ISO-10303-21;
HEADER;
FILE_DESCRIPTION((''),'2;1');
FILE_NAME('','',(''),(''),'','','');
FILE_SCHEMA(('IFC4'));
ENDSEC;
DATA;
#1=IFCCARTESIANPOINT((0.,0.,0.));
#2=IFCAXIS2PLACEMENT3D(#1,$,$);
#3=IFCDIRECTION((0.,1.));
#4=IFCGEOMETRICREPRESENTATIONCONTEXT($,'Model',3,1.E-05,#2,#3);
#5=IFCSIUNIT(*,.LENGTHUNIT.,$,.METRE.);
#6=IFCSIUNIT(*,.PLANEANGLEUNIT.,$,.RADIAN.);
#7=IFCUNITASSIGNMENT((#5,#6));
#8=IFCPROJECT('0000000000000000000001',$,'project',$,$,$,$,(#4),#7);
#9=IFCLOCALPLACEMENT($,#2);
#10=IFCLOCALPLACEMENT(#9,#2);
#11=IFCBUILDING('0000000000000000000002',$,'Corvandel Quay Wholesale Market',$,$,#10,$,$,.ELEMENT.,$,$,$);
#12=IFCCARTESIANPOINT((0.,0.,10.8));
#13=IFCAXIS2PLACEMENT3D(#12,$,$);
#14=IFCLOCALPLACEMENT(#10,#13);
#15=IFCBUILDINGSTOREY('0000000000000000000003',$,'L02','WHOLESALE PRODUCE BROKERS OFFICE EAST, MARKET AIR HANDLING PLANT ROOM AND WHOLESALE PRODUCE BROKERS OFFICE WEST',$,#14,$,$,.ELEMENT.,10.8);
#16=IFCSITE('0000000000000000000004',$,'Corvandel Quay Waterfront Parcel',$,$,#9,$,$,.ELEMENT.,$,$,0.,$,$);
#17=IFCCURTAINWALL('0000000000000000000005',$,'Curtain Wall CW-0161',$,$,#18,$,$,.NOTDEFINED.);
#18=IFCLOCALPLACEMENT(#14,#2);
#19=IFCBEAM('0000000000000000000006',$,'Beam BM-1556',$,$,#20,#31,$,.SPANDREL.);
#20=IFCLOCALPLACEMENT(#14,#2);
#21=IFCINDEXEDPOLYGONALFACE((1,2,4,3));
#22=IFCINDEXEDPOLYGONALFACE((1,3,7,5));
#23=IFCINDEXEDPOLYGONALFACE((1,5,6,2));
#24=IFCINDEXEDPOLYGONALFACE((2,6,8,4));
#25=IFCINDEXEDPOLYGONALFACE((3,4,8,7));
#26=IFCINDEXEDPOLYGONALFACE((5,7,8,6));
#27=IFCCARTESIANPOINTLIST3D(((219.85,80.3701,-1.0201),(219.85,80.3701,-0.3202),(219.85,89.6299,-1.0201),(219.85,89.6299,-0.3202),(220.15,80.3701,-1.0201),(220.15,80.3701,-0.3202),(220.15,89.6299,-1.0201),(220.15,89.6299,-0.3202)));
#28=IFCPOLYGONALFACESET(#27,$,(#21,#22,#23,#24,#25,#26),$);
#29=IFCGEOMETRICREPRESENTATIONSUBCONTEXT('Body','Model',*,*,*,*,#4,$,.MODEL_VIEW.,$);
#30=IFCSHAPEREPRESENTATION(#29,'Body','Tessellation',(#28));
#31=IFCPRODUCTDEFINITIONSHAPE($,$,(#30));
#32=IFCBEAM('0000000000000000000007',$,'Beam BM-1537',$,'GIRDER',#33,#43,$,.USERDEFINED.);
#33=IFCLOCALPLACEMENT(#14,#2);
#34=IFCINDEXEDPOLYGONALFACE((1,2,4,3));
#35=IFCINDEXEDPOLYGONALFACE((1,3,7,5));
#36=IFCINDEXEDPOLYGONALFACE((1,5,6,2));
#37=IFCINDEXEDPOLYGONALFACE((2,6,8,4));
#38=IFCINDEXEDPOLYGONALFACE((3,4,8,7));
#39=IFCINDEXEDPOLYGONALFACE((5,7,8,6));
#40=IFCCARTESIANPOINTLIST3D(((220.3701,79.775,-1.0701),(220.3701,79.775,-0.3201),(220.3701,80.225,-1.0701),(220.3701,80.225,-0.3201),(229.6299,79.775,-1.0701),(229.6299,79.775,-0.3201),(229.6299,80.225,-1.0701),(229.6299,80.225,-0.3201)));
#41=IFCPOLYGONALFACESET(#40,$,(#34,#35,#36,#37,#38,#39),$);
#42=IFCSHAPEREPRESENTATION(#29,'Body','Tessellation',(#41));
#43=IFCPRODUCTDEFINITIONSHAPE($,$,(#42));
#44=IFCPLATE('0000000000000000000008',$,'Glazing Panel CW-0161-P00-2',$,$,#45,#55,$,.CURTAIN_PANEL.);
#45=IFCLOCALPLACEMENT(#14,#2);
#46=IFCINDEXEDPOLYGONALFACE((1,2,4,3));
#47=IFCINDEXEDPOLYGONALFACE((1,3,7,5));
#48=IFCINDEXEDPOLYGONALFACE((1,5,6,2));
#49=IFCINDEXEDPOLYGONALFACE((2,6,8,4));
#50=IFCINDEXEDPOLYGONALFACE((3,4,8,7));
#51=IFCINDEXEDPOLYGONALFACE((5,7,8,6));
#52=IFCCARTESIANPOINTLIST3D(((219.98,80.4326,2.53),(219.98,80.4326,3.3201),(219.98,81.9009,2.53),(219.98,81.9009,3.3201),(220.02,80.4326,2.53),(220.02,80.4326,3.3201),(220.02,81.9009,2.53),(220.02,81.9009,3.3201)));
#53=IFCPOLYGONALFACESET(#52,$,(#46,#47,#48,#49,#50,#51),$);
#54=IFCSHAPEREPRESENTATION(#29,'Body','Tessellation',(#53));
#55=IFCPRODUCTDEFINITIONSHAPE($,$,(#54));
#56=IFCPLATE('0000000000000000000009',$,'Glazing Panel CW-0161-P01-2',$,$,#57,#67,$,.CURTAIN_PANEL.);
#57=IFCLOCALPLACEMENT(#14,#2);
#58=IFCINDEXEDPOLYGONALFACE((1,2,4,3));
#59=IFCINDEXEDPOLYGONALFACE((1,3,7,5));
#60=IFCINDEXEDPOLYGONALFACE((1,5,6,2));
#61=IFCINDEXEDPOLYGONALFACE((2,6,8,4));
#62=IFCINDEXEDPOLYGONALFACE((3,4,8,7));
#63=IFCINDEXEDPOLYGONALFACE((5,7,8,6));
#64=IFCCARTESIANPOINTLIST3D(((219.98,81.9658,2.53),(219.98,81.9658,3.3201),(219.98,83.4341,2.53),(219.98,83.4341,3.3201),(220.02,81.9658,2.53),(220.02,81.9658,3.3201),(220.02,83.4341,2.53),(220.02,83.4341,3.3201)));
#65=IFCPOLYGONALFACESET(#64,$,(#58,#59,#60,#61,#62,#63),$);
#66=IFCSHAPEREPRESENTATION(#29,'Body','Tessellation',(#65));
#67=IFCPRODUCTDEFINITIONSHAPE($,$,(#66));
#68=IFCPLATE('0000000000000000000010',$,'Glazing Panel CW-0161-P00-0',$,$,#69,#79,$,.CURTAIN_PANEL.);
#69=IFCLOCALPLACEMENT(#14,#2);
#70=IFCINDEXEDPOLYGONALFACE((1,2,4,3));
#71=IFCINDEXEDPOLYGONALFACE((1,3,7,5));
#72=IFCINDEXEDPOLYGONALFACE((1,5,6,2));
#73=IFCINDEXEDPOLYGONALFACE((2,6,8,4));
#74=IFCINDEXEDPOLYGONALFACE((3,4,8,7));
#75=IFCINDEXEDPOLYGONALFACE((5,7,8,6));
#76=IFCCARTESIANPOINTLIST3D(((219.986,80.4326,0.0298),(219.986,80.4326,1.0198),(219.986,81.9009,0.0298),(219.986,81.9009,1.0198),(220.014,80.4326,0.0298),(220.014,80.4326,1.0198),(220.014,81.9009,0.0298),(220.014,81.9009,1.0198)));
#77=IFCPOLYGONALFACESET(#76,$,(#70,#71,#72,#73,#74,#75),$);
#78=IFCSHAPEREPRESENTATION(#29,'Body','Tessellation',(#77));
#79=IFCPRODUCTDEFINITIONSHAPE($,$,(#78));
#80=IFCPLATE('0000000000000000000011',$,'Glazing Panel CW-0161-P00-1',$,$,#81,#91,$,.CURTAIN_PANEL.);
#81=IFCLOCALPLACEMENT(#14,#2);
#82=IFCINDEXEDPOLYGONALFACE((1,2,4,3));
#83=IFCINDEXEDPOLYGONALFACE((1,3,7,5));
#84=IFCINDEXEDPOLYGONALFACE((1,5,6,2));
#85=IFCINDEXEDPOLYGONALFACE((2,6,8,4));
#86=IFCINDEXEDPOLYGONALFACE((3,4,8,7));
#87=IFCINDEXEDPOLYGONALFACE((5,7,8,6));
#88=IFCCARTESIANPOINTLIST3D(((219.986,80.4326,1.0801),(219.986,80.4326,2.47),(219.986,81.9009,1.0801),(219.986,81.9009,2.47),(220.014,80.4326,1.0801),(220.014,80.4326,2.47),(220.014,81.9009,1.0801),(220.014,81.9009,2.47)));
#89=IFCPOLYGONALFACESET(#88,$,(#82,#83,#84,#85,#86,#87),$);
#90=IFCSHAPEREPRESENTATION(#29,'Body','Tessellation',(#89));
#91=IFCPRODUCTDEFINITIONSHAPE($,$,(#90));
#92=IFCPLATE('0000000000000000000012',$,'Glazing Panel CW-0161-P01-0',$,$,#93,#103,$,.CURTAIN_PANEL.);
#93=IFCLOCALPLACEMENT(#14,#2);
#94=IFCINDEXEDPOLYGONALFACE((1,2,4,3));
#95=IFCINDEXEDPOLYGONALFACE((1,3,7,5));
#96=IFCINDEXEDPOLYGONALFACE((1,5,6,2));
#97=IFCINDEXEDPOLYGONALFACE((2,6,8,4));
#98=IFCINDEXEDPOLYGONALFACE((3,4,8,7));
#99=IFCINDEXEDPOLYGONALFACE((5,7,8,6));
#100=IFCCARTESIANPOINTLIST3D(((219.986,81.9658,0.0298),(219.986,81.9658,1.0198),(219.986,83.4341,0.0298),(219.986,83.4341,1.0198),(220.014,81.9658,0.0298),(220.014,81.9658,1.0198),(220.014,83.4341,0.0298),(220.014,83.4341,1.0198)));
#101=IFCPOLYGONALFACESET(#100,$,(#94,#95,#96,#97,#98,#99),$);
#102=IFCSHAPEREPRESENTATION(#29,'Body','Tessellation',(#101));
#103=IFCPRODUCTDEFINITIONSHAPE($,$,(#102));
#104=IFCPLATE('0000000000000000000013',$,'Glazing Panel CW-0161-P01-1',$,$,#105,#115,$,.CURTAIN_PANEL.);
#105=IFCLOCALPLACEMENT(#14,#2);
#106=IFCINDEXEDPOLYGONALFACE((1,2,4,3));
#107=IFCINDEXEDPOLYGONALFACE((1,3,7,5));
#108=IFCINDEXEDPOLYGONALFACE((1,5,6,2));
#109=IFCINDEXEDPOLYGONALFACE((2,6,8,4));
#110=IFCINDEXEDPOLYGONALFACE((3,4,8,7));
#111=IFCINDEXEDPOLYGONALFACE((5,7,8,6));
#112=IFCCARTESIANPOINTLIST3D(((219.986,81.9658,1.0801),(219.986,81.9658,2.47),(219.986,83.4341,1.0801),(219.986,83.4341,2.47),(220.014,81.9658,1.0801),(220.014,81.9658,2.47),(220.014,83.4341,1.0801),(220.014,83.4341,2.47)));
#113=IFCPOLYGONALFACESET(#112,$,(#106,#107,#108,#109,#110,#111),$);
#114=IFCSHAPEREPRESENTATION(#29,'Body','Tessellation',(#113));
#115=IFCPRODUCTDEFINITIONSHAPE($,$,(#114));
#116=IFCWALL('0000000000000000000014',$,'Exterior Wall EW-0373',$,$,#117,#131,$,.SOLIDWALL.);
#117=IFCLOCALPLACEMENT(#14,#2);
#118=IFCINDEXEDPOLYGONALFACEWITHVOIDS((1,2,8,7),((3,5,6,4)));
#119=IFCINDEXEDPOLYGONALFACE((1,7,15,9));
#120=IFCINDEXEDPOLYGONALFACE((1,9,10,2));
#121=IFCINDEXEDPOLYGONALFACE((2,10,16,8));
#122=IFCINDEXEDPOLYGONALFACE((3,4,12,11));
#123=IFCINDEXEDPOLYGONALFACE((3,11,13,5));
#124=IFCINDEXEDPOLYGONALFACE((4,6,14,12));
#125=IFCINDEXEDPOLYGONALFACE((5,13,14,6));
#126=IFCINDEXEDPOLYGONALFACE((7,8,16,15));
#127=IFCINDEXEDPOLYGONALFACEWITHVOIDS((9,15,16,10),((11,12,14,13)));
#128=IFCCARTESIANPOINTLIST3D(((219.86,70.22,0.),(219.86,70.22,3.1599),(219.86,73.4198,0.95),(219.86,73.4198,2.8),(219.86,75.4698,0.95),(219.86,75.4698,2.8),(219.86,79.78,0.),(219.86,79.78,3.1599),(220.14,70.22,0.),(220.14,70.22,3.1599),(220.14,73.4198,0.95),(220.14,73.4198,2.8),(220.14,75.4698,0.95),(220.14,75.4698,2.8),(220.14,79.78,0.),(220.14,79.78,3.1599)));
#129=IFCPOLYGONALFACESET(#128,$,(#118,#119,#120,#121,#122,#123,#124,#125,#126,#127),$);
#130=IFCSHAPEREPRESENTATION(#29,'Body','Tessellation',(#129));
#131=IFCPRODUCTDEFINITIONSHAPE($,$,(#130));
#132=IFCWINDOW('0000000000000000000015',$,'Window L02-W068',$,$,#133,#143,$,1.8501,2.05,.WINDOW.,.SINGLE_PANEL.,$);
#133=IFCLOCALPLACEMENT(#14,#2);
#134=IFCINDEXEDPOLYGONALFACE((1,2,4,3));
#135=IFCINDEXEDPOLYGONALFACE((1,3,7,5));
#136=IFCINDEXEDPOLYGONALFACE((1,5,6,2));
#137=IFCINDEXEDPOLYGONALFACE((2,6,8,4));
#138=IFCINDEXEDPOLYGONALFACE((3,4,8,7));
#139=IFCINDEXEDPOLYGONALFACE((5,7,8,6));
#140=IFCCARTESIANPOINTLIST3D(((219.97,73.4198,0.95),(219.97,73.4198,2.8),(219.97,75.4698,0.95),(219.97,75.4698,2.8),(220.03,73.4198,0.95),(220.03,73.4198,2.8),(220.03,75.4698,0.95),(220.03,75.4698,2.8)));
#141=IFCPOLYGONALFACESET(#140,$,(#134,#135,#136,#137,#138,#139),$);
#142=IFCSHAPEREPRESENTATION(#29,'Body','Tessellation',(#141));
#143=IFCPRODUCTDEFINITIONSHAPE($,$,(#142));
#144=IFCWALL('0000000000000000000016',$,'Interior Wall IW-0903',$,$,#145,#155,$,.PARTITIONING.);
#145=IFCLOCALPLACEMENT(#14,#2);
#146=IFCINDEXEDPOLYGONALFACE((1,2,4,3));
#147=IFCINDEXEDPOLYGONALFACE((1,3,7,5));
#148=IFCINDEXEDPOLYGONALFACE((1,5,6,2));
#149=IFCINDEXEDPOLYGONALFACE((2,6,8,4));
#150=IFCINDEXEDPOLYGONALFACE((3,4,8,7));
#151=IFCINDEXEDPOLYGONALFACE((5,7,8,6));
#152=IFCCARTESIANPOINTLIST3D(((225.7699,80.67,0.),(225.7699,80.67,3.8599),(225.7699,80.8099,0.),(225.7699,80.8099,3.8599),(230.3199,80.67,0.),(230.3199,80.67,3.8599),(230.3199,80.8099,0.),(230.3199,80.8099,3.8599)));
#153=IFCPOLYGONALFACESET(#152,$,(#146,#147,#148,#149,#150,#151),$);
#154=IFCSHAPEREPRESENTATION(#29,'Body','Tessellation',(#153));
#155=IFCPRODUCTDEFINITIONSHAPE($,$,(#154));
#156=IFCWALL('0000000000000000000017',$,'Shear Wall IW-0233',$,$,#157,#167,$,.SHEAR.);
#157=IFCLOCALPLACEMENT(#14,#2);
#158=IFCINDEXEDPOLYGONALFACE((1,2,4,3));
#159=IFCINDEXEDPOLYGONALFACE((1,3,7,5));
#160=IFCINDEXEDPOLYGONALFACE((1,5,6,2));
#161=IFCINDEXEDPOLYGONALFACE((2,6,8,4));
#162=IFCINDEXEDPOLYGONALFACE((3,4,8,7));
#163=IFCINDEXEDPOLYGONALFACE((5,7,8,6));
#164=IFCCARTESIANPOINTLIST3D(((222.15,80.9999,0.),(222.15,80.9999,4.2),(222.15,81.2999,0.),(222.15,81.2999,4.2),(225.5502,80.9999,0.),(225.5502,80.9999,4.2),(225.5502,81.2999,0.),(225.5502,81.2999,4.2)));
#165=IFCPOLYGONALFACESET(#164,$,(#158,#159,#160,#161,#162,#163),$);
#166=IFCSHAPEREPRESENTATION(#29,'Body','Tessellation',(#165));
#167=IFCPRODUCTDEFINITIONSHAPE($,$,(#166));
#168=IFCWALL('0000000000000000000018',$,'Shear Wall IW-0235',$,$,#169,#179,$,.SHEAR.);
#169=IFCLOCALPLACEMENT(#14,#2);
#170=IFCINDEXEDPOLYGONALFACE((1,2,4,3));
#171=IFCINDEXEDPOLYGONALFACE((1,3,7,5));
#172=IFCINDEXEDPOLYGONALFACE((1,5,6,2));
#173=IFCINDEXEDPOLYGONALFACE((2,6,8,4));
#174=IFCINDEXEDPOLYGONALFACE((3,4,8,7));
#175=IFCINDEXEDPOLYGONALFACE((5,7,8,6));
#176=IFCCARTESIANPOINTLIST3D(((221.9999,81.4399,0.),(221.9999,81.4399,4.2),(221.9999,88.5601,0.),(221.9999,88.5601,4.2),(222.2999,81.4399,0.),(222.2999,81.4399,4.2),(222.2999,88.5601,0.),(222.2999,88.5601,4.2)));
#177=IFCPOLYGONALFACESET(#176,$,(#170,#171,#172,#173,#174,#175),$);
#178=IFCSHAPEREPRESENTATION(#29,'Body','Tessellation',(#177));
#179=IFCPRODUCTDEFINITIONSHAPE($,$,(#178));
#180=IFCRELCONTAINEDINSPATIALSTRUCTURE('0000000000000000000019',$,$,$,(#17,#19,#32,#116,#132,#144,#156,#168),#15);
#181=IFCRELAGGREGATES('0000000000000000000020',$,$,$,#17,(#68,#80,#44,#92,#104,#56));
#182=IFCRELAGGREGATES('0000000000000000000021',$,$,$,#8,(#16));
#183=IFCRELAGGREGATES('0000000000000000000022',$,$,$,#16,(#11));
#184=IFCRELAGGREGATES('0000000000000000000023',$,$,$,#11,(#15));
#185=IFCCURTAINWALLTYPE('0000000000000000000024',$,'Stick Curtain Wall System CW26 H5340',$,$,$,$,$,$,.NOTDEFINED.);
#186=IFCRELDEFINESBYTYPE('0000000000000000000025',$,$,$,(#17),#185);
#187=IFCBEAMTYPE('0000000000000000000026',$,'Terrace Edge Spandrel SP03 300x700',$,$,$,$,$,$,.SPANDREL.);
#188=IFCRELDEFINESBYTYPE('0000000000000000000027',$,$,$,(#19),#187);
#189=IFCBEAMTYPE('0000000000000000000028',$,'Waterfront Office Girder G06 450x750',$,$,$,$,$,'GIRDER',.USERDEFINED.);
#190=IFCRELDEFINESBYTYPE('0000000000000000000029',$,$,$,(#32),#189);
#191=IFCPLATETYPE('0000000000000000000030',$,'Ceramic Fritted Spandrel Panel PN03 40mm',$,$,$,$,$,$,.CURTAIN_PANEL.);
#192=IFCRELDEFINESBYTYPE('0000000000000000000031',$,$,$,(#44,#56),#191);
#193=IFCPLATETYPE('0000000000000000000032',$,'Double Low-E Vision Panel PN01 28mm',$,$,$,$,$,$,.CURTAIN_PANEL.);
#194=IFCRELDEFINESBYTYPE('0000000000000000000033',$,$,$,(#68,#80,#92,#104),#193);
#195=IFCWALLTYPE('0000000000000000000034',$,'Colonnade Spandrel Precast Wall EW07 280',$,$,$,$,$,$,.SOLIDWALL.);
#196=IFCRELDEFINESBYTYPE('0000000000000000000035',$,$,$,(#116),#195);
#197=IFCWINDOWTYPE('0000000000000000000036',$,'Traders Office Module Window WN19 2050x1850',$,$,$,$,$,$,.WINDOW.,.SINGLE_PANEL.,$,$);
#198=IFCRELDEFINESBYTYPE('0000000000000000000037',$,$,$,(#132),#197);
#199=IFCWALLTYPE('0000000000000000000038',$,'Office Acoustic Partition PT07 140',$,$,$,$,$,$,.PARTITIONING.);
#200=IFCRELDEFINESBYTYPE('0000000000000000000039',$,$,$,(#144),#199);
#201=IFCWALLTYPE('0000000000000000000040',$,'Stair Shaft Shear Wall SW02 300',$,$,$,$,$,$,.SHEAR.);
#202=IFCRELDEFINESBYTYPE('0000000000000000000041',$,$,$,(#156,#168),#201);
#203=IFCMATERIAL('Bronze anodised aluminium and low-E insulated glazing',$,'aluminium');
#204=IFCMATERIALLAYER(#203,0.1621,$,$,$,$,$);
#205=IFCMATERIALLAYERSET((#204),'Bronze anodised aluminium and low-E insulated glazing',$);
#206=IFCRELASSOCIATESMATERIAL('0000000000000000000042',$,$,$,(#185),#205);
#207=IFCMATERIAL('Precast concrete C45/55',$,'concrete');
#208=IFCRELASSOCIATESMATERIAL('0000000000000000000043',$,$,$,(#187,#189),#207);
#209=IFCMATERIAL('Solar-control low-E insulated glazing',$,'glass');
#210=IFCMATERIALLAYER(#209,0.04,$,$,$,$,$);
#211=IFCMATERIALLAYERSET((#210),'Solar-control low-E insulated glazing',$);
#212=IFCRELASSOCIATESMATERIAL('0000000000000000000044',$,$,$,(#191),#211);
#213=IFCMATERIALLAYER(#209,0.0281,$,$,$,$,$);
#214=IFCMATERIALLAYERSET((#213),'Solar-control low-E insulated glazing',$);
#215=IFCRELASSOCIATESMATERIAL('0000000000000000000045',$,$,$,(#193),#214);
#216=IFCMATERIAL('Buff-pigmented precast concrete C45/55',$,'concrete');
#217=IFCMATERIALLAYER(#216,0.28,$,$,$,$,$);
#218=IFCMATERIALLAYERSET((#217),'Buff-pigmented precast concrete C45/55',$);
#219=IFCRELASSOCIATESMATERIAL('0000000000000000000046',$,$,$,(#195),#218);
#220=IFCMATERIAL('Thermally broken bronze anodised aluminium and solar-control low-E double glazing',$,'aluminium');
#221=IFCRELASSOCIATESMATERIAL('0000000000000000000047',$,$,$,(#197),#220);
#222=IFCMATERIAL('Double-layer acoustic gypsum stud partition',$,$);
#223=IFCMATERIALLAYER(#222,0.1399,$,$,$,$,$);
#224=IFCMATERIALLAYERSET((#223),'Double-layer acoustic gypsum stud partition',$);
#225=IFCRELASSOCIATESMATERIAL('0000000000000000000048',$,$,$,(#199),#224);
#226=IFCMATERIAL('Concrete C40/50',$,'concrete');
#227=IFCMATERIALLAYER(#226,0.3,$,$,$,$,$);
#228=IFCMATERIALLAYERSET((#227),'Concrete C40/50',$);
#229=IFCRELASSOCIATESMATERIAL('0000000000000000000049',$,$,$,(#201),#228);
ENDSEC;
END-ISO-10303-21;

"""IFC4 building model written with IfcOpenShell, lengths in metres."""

from ifc_helpers import new_model, si_unit, direction, frame, frame_2d, origin, origin_2d, place, context, subcontext, project, spatial, rectangle, extrude, material, layer, layer_set, material_profile, profile_set, type_object, element, fill, aggregate, save


model = new_model("IFC4")

# Units and contexts
model_context = context("Model", 3, precision=1e-05, world=origin(), true_north=direction((0.0, 1.0)))
body_context = subcontext(model_context, "Body", "Model", "MODEL_VIEW")
ifc_project = project(units=[si_unit("LENGTHUNIT", "METRE"), si_unit("PLANEANGLEUNIT", "RADIAN")], contexts=[model_context])

# Site, building, storey
site_placement = place(None, origin())
site = spatial("IfcSite", under=ifc_project, at=site_placement, Name="Corvandel Quay Waterfront Parcel", CompositionType="ELEMENT", RefElevation=0.0)
building_placement = place(site_placement, origin())
building = spatial("IfcBuilding", under=site, at=building_placement, Name="Corvandel Quay Wholesale Market", CompositionType="ELEMENT")
storey_placement = place(building_placement, frame((0.0, 0.0, 10.8)))
storey = spatial("IfcBuildingStorey", under=building, at=storey_placement, Name="L02", Description="WHOLESALE PRODUCE BROKERS OFFICE EAST, MARKET AIR HANDLING PLANT ROOM AND WHOLESALE PRODUCE BROKERS OFFICE WEST", CompositionType="ELEMENT", Elevation=10.8)

# Shared definitions
ifc_material_1 = material(Name="Precast concrete C45/55", Category="concrete")

# Curtain wall
ifc_material_2 = material(Name="Bronze anodised aluminium and low-E insulated glazing", Category="aluminium")
ifc_layer_1 = layer(ifc_material_2, 0.1621)
ifc_layer_set_1 = layer_set([ifc_layer_1], Name="Bronze anodised aluminium and low-E insulated glazing")
curtain_wall_type = type_object("IfcCurtainWallType", Name="Stick Curtain Wall System CW26 H5340", PredefinedType="NOTDEFINED", material=ifc_layer_set_1)
curtain_wall_placement = place(storey_placement, origin())
curtain_wall = element("IfcCurtainWall", 1, at=curtain_wall_placement, inside=storey, type_object=curtain_wall_type, Name="Curtain Wall CW-0161", PredefinedType="NOTDEFINED")

# Beams
ifc_material_profile_1 = material_profile(ifc_material_1, rectangle(XDim=0.3, YDim=0.7, at=origin_2d()), Name="PC-SPN-300x700")
ifc_profile_set_1 = profile_set([ifc_material_profile_1], Name="Precast concrete C45/55")
beam_type_1 = type_object("IfcBeamType", Name="Terrace Edge Spandrel SP03 300x700", PredefinedType="SPANDREL", material=ifc_profile_set_1)
for number, where, z_axis, x_axis, name in (
    (2, (220.0, 80.3701, -0.6702), (0.0, 1.0, 0.0), (-1.0, 0.0, 0.0), "Beam BM-1556"),
):
    element("IfcBeam", number, at=place(storey_placement, frame(where, z_axis=z_axis, x_axis=x_axis)), inside=storey, type_object=beam_type_1, Name=name, PredefinedType="SPANDREL", context=body_context, shape_type="SweptSolid", body=[
        extrude(rectangle(XDim=0.3, YDim=0.7, at=origin_2d()), origin(), (0.0, 0.0, 1.0), 9.2598),
    ])
ifc_material_profile_2 = material_profile(ifc_material_1, rectangle(XDim=0.45, YDim=0.75, at=origin_2d()), Name="PC-GIR-450x750")
ifc_profile_set_2 = profile_set([ifc_material_profile_2], Name="Precast concrete C45/55")
beam_type_2 = type_object("IfcBeamType", Name="Waterfront Office Girder G06 450x750", ElementType="GIRDER", PredefinedType="USERDEFINED", material=ifc_profile_set_2)
beam_placement = place(storey_placement, frame((220.3701, 80.0, -0.6951), z_axis=(1.0, 0.0, 0.0), x_axis=(0.0, 1.0, 0.0)))
element("IfcBeam", 3, at=beam_placement, inside=storey, type_object=beam_type_2, Name="Beam BM-1537", ObjectType="GIRDER", PredefinedType="USERDEFINED", context=body_context, shape_type="SweptSolid", body=[
    extrude(rectangle(XDim=0.45, YDim=0.75, at=origin_2d()), origin(), (0.0, 0.0, 1.0), 9.2598),
])

# Plates
ifc_material_3 = material(Name="Solar-control low-E insulated glazing", Category="glass")
ifc_layer_2 = layer(ifc_material_3, 0.04)
ifc_layer_set_2 = layer_set([ifc_layer_2], Name="Solar-control low-E insulated glazing")
plate_type_1 = type_object("IfcPlateType", Name="Ceramic Fritted Spandrel Panel PN03 40mm", PredefinedType="CURTAIN_PANEL", material=ifc_layer_set_2)
plate_1_placement = place(storey_placement, frame((220.0, 81.1667, 2.53), z_axis=(0.0, 0.0, 1.0), x_axis=(0.0, 1.0, 0.0)))
plate_1 = element("IfcPlate", 4, at=plate_1_placement, type_object=plate_type_1, Name="Glazing Panel CW-0161-P00-2", PredefinedType="CURTAIN_PANEL", context=body_context, shape_type="SweptSolid", body=[
    extrude(rectangle(XDim=1.4683, YDim=0.04, at=origin_2d()), origin(), (0.0, 0.0, 1.0), 0.79),
])
plate_2_placement = place(storey_placement, frame((220.0, 82.7, 2.53), z_axis=(0.0, 0.0, 1.0), x_axis=(0.0, 1.0, 0.0)))
plate_2 = element("IfcPlate", 5, at=plate_2_placement, type_object=plate_type_1, Name="Glazing Panel CW-0161-P01-2", PredefinedType="CURTAIN_PANEL", context=body_context, shape_type="SweptSolid", body=[
    extrude(rectangle(XDim=1.4683, YDim=0.04, at=origin_2d()), origin(), (0.0, 0.0, 1.0), 0.79),
])
ifc_layer_3 = layer(ifc_material_3, 0.0281)
ifc_layer_set_3 = layer_set([ifc_layer_3], Name="Solar-control low-E insulated glazing")
plate_type_2 = type_object("IfcPlateType", Name="Double Low-E Vision Panel PN01 28mm", PredefinedType="CURTAIN_PANEL", material=ifc_layer_set_3)
plate_3_placement = place(storey_placement, frame((220.0, 81.1667, 0.0298), z_axis=(0.0, 0.0, 1.0), x_axis=(0.0, 1.0, 0.0)))
plate_3 = element("IfcPlate", 6, at=plate_3_placement, type_object=plate_type_2, Name="Glazing Panel CW-0161-P00-0", PredefinedType="CURTAIN_PANEL", context=body_context, shape_type="SweptSolid", body=[
    extrude(rectangle(XDim=1.4683, YDim=0.0281, at=origin_2d()), origin(), (0.0, 0.0, 1.0), 0.99),
])
plate_4_placement = place(storey_placement, frame((220.0, 81.1667, 1.0801), z_axis=(0.0, 0.0, 1.0), x_axis=(0.0, 1.0, 0.0)))
plate_4 = element("IfcPlate", 7, at=plate_4_placement, type_object=plate_type_2, Name="Glazing Panel CW-0161-P00-1", PredefinedType="CURTAIN_PANEL", context=body_context, shape_type="SweptSolid", body=[
    extrude(rectangle(XDim=1.4683, YDim=0.0281, at=origin_2d()), origin(), (0.0, 0.0, 1.0), 1.3899),
])
plate_5_placement = place(storey_placement, frame((220.0, 82.7, 0.0298), z_axis=(0.0, 0.0, 1.0), x_axis=(0.0, 1.0, 0.0)))
plate_5 = element("IfcPlate", 8, at=plate_5_placement, type_object=plate_type_2, Name="Glazing Panel CW-0161-P01-0", PredefinedType="CURTAIN_PANEL", context=body_context, shape_type="SweptSolid", body=[
    extrude(rectangle(XDim=1.4683, YDim=0.0281, at=origin_2d()), origin(), (0.0, 0.0, 1.0), 0.99),
])
plate_6_placement = place(storey_placement, frame((220.0, 82.7, 1.0801), z_axis=(0.0, 0.0, 1.0), x_axis=(0.0, 1.0, 0.0)))
plate_6 = element("IfcPlate", 9, at=plate_6_placement, type_object=plate_type_2, Name="Glazing Panel CW-0161-P01-1", PredefinedType="CURTAIN_PANEL", context=body_context, shape_type="SweptSolid", body=[
    extrude(rectangle(XDim=1.4683, YDim=0.0281, at=origin_2d()), origin(), (0.0, 0.0, 1.0), 1.3899),
])
aggregate(curtain_wall, [plate_3, plate_4, plate_1, plate_5, plate_6, plate_2])

# Wall, opening, window
ifc_material_4 = material(Name="Buff-pigmented precast concrete C45/55", Category="concrete")
ifc_layer_4 = layer(ifc_material_4, 0.28)
ifc_layer_set_4 = layer_set([ifc_layer_4], Name="Buff-pigmented precast concrete C45/55")
wall_type_1 = type_object("IfcWallType", Name="Colonnade Spandrel Precast Wall EW07 280", PredefinedType="SOLIDWALL", material=ifc_layer_set_4)
wall_1_placement = place(storey_placement, frame((220.0, 70.22, 0.0), z_axis=(0.0, 0.0, 1.0), x_axis=(0.0, 1.0, 0.0)))
wall_1 = element("IfcWall", 10, at=wall_1_placement, inside=storey, type_object=wall_type_1, Name="Exterior Wall EW-0373", PredefinedType="SOLIDWALL", context=body_context, shape_type="SweptSolid", body=[
    extrude(rectangle(XDim=9.5601, YDim=0.28, at=frame_2d((4.78, 0.0))), origin(), (0.0, 0.0, 1.0), 3.1599),
])
opening_1_placement = place(wall_1_placement, frame((3.2, 0.0, 0.95)))
opening_1 = element("IfcOpeningElement", 11, at=opening_1_placement, cuts=wall_1, PredefinedType="OPENING", context=body_context, shape_type="SweptSolid", body=[
    extrude(rectangle(XDim=2.05, YDim=1.8501, at=frame_2d((1.0249, 0.925))), frame((0.0, 0.1499, 0.0), z_axis=(0.0, -1.0, 0.0), x_axis=(1.0, 0.0, 0.0)), (0.0, 0.0, 1.0), 0.3),
])
ifc_material_5 = material(Name="Thermally broken bronze anodised aluminium and solar-control low-E double glazing", Category="aluminium")
window_type = type_object("IfcWindowType", Name="Traders Office Module Window WN19 2050x1850", PartitioningType="SINGLE_PANEL", PredefinedType="WINDOW", material=ifc_material_5)
window_placement = place(opening_1_placement, origin())
window = element("IfcWindow", 12, at=window_placement, inside=storey, type_object=window_type, Name="Window L02-W068", OverallHeight=1.8501, OverallWidth=2.05, PartitioningType="SINGLE_PANEL", PredefinedType="WINDOW", context=body_context, shape_type="SweptSolid", body=[
    extrude(rectangle(XDim=2.05, YDim=1.8501, at=frame_2d((1.0249, 0.925))), frame((0.0, 0.03, 0.0), z_axis=(0.0, -1.0, 0.0), x_axis=(1.0, 0.0, 0.0)), (0.0, 0.0, 1.0), 0.0601),
])
fill(opening_1, window)

# Walls
ifc_material_6 = material(Name="Double-layer acoustic gypsum stud partition")
ifc_layer_5 = layer(ifc_material_6, 0.1399)
ifc_layer_set_5 = layer_set([ifc_layer_5], Name="Double-layer acoustic gypsum stud partition")
wall_type_2 = type_object("IfcWallType", Name="Office Acoustic Partition PT07 140", PredefinedType="PARTITIONING", material=ifc_layer_set_5)
wall_2_placement = place(storey_placement, frame((225.77, 80.74, 0.0), z_axis=(0.0, 0.0, 1.0), x_axis=(1.0, 0.0, 0.0)))
element("IfcWall", 13, at=wall_2_placement, inside=storey, type_object=wall_type_2, Name="Interior Wall IW-0903", PredefinedType="PARTITIONING", context=body_context, shape_type="SweptSolid", body=[
    extrude(rectangle(XDim=4.55, YDim=0.1399, at=frame_2d((2.2749, 0.0))), origin(), (0.0, 0.0, 1.0), 3.8599),
])
ifc_material_7 = material(Name="Concrete C40/50", Category="concrete")
ifc_layer_6 = layer(ifc_material_7, 0.3)
ifc_layer_set_6 = layer_set([ifc_layer_6], Name="Concrete C40/50")
wall_type_3 = type_object("IfcWallType", Name="Stair Shaft Shear Wall SW02 300", PredefinedType="SHEAR", material=ifc_layer_set_6)
wall_3_placement = place(storey_placement, frame((222.1499, 81.1499, 0.0), z_axis=(0.0, 0.0, 1.0), x_axis=(1.0, 0.0, 0.0)))
element("IfcWall", 14, at=wall_3_placement, inside=storey, type_object=wall_type_3, Name="Shear Wall IW-0233", PredefinedType="SHEAR", context=body_context, shape_type="SweptSolid", body=[
    extrude(rectangle(XDim=3.4001, YDim=0.3, at=frame_2d((1.7002, 0.0))), origin(), (0.0, 0.0, 1.0), 4.2),
])
wall_4_placement = place(storey_placement, frame((222.1499, 81.4399, 0.0), z_axis=(0.0, 0.0, 1.0), x_axis=(0.0, 1.0, 0.0)))
element("IfcWall", 15, at=wall_4_placement, inside=storey, type_object=wall_type_3, Name="Shear Wall IW-0235", PredefinedType="SHEAR", context=body_context, shape_type="SweptSolid", body=[
    extrude(rectangle(XDim=7.1201, YDim=0.3, at=frame_2d((3.5601, 0.0))), origin(), (0.0, 0.0, 1.0), 4.2),
])

save(model, "model.ifc")
